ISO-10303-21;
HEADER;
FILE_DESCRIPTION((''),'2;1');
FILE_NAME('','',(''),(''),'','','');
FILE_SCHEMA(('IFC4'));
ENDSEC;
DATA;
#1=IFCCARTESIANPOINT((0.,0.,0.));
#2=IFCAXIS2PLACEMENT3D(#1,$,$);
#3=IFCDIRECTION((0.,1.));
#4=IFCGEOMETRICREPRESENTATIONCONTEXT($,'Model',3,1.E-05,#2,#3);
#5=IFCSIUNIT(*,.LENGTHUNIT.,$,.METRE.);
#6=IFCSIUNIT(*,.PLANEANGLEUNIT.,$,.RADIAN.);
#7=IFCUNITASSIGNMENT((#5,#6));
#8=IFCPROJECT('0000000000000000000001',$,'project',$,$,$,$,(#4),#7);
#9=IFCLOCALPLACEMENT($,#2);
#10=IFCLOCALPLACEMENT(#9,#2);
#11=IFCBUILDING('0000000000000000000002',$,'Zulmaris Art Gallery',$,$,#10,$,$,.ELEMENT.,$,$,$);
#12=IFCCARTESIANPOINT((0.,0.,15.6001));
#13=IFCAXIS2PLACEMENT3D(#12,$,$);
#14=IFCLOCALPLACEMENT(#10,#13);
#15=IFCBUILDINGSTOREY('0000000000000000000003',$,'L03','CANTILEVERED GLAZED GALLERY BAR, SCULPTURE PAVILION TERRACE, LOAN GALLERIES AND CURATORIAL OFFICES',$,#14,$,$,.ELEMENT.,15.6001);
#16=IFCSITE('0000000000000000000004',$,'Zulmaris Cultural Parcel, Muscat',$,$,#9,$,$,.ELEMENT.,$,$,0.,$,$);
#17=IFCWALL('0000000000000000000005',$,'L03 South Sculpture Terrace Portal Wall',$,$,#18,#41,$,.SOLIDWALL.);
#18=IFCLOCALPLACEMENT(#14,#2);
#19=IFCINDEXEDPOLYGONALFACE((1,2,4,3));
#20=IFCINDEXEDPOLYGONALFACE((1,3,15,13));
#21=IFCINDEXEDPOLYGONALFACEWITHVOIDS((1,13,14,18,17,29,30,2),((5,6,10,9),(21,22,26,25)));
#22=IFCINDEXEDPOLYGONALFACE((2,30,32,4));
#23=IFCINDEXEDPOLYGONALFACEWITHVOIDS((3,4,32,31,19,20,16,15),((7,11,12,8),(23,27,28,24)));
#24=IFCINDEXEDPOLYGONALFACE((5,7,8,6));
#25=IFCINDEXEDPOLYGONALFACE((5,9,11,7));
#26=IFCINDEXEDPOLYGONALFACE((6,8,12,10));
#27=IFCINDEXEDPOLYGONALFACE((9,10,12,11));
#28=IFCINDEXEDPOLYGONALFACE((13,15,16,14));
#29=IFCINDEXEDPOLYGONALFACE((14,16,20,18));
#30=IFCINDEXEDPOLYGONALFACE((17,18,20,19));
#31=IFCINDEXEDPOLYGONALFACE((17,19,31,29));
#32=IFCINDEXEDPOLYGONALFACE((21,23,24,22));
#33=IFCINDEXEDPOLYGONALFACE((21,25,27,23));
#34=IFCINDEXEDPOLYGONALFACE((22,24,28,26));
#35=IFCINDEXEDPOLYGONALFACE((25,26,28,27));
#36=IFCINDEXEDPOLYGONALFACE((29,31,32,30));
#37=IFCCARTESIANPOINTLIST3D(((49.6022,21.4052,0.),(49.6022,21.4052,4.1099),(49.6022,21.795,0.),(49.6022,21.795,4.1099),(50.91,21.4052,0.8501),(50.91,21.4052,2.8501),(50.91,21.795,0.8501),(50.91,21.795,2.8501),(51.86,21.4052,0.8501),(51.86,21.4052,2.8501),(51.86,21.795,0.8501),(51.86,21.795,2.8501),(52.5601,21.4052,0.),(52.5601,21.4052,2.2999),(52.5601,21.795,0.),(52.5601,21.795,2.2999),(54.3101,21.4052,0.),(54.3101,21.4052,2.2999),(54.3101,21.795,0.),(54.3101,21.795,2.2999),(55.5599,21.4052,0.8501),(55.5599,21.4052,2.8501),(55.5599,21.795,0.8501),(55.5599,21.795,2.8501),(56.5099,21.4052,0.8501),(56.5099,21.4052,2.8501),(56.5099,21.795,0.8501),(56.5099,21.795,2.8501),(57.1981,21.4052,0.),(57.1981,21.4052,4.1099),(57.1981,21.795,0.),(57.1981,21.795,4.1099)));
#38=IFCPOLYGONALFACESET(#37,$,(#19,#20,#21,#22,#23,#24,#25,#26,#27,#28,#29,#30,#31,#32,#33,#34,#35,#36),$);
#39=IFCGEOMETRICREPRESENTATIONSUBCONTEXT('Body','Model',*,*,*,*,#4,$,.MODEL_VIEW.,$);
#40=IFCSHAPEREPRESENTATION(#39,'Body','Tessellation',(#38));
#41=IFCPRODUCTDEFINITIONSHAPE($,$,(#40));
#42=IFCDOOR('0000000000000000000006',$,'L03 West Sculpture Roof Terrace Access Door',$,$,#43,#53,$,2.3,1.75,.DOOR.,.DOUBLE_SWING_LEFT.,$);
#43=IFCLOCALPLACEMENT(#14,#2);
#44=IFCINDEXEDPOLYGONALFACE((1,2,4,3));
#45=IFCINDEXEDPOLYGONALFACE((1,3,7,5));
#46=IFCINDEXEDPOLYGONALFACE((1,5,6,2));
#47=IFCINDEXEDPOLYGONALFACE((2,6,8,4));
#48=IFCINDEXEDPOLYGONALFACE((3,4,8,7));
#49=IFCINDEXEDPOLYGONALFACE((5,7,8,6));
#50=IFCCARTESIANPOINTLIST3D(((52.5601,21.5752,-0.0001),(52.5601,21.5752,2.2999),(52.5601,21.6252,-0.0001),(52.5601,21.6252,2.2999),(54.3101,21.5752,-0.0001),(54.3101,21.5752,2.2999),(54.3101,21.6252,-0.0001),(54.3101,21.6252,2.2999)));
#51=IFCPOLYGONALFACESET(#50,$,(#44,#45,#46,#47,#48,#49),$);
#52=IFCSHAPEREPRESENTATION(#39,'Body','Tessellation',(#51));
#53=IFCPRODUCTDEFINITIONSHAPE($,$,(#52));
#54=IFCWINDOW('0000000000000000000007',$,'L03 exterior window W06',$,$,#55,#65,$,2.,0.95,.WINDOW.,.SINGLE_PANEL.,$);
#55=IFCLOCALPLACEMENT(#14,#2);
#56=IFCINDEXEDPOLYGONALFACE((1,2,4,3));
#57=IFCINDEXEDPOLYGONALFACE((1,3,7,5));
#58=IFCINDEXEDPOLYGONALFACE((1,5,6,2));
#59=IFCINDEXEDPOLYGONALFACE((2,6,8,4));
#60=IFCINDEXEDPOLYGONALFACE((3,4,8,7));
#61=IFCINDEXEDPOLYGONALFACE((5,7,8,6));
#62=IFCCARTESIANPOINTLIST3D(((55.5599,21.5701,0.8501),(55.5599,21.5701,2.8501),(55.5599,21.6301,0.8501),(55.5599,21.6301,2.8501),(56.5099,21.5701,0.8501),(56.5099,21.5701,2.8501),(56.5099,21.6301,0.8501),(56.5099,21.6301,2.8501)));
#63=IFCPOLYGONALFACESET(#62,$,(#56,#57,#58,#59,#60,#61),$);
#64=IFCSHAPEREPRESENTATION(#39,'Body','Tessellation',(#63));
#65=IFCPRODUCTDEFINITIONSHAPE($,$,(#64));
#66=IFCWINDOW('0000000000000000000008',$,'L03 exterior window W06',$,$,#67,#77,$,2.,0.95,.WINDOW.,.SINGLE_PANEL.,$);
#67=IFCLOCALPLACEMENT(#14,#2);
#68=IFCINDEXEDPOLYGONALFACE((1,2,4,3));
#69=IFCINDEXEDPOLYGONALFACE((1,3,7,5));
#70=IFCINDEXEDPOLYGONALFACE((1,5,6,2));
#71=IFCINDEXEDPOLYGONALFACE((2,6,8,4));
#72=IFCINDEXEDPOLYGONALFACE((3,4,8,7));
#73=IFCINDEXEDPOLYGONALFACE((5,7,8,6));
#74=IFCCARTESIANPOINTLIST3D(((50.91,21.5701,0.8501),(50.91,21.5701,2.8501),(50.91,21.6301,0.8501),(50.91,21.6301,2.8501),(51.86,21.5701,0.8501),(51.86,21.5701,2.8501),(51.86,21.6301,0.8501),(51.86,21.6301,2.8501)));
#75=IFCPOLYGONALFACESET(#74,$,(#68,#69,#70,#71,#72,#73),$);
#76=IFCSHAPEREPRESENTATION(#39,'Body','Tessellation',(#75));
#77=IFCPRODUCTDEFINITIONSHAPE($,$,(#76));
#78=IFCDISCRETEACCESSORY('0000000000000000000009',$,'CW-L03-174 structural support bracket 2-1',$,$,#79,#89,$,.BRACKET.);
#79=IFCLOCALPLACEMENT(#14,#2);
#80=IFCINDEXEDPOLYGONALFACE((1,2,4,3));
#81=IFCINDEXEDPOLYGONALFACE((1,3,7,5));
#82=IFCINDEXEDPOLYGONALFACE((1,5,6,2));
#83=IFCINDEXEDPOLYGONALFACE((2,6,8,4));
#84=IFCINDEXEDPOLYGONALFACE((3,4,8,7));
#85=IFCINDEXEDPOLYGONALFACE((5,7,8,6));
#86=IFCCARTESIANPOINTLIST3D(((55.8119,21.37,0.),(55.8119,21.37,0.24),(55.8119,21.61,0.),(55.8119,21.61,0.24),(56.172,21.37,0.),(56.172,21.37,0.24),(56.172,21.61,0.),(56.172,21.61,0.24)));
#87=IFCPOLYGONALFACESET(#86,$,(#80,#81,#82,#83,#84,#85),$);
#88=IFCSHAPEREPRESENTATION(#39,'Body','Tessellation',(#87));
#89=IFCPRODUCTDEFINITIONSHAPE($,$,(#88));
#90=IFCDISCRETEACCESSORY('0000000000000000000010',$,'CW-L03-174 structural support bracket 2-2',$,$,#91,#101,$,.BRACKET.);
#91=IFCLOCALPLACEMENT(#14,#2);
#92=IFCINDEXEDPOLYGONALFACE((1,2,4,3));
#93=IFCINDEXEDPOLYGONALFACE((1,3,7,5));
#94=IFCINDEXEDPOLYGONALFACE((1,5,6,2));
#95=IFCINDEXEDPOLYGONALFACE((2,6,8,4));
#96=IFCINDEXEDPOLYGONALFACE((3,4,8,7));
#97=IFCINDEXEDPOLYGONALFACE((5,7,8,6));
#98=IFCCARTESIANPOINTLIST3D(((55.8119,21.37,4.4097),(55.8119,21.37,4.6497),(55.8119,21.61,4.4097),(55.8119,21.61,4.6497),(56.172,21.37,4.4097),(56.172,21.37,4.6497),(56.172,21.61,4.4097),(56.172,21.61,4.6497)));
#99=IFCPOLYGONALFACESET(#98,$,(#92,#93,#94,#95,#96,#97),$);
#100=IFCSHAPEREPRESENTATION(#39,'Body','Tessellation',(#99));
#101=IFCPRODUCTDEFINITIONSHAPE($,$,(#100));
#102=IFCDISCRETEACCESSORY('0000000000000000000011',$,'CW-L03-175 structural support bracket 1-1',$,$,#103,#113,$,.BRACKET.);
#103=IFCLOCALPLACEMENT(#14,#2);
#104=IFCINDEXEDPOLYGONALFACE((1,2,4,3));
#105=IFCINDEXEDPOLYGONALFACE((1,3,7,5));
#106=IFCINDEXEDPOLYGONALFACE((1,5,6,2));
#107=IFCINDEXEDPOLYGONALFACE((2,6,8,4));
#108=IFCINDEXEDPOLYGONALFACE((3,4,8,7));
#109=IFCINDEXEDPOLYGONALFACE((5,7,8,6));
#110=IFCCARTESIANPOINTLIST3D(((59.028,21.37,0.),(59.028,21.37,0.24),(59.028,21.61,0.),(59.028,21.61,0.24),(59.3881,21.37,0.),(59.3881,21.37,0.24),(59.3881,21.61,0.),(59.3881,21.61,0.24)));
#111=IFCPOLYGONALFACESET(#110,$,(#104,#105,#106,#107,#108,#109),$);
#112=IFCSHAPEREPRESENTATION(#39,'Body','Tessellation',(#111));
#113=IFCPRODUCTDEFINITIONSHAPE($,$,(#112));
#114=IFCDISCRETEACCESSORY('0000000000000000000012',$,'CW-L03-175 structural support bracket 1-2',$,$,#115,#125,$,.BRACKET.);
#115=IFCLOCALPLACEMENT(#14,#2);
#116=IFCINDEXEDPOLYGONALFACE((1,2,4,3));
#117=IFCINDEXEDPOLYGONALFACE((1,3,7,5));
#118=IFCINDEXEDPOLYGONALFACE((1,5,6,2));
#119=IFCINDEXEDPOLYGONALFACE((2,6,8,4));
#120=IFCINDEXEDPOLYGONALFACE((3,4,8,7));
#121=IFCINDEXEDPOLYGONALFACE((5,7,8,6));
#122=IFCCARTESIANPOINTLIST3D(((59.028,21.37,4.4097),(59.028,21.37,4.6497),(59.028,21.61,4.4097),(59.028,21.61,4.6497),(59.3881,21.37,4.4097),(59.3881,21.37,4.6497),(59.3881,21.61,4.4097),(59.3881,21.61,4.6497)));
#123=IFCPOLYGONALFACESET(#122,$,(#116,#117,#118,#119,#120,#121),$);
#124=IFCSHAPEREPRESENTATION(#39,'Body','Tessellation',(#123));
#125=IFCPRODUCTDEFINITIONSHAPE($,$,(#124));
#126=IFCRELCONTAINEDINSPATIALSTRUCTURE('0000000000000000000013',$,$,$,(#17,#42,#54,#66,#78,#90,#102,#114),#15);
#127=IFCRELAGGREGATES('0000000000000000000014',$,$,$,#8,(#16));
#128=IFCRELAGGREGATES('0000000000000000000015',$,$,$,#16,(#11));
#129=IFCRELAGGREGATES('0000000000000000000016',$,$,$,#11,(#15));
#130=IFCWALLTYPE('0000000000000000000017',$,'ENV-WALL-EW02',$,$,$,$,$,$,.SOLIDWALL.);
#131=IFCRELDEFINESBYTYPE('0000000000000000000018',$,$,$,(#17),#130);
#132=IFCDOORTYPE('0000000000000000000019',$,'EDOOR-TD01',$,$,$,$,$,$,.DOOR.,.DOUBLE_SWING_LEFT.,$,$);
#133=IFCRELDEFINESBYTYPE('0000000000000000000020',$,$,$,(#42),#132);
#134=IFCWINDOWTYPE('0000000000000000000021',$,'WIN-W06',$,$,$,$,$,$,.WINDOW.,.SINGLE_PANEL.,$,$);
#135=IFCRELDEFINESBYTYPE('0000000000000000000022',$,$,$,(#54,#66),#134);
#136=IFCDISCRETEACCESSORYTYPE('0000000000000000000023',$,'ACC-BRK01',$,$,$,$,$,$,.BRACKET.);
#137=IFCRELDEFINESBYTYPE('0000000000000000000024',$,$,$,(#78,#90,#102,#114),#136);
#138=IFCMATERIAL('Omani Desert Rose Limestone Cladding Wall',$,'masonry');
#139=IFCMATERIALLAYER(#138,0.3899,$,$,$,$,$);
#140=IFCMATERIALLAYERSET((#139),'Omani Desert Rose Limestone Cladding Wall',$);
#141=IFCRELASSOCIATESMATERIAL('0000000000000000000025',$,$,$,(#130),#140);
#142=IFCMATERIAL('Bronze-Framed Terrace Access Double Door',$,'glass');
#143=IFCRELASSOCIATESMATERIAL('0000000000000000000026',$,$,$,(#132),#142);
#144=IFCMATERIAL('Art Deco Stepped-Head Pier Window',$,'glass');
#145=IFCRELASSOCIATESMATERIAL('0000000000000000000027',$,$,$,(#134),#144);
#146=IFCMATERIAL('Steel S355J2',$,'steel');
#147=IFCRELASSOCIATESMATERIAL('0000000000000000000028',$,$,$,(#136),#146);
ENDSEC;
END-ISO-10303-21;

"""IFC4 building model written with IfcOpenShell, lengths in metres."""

from ifc_helpers import new_model, si_unit, direction, frame, frame_2d, origin, origin_2d, place, context, subcontext, project, spatial, rectangle, extrude, material, layer, layer_set, type_object, element, fill, save


model = new_model("IFC4")

# Units and contexts
model_context = context("Model", 3, precision=1e-05, world=origin(), true_north=direction((0.0, 1.0)))
body_context = subcontext(model_context, "Body", "Model", "MODEL_VIEW")
ifc_project = project(units=[si_unit("LENGTHUNIT", "METRE"), si_unit("PLANEANGLEUNIT", "RADIAN")], contexts=[model_context])

# Site, building, storey
site_placement = place(None, origin())
site = spatial("IfcSite", under=ifc_project, at=site_placement, Name="Zulmaris Cultural Parcel, Muscat", CompositionType="ELEMENT", RefElevation=0.0)
building_placement = place(site_placement, origin())
building = spatial("IfcBuilding", under=site, at=building_placement, Name="Zulmaris Art Gallery", CompositionType="ELEMENT")
storey_placement = place(building_placement, frame((0.0, 0.0, 15.6001)))
storey = spatial("IfcBuildingStorey", under=building, at=storey_placement, Name="L03", Description="CANTILEVERED GLAZED GALLERY BAR, SCULPTURE PAVILION TERRACE, LOAN GALLERIES AND CURATORIAL OFFICES", CompositionType="ELEMENT", Elevation=15.6001)

# Shared definitions
ifc_material_1 = material(Name="Steel S355J2", Category="steel")

# Wall, openings, door, windows
ifc_material_2 = material(Name="Omani Desert Rose Limestone Cladding Wall", Category="masonry")
ifc_layer_1 = layer(ifc_material_2, 0.3899)
ifc_layer_set_1 = layer_set([ifc_layer_1], Name="Omani Desert Rose Limestone Cladding Wall")
wall_type = type_object("IfcWallType", Name="ENV-WALL-EW02", PredefinedType="SOLIDWALL", material=ifc_layer_set_1)
wall_placement = place(storey_placement, frame((57.198, 21.6001, 0.0), z_axis=(0.0, 0.0, 1.0), x_axis=(-1.0, 0.0, 0.0)))
wall = element("IfcWall", 1, at=wall_placement, inside=storey, type_object=wall_type, Name="L03 South Sculpture Terrace Portal Wall", PredefinedType="SOLIDWALL", context=body_context, shape_type="SweptSolid", body=[
    extrude(rectangle(XDim=7.5959, YDim=0.3899, at=frame_2d((3.7979, 0.0))), origin(), (0.0, 0.0, 1.0), 4.1099),
])
opening_1_placement = place(wall_placement, frame((0.688, 0.0, 0.8501)))
opening_1 = element("IfcOpeningElement", 2, at=opening_1_placement, cuts=wall, PredefinedType="OPENING", context=body_context, shape_type="SweptSolid", body=[
    extrude(rectangle(XDim=0.95, YDim=2.0, at=frame_2d((0.4751, 1.0))), frame((0.0, 0.2048, 0.0), z_axis=(0.0, -1.0, 0.0), x_axis=(1.0, 0.0, 0.0)), (0.0, 0.0, 1.0), 0.4099),
])
opening_2_placement = place(wall_placement, frame((5.3379, 0.0, 0.8501)))
opening_2 = element("IfcOpeningElement", 3, at=opening_2_placement, cuts=wall, PredefinedType="OPENING", context=body_context, shape_type="SweptSolid", body=[
    extrude(rectangle(XDim=0.95, YDim=2.0, at=frame_2d((0.4751, 1.0))), frame((0.0, 0.2048, 0.0), z_axis=(0.0, -1.0, 0.0), x_axis=(1.0, 0.0, 0.0)), (0.0, 0.0, 1.0), 0.4099),
])
opening_3_placement = place(wall_placement, frame((2.8879, 0.0, 0.0)))
opening_3 = element("IfcOpeningElement", 4, at=opening_3_placement, cuts=wall, PredefinedType="OPENING", context=body_context, shape_type="SweptSolid", body=[
    extrude(rectangle(XDim=1.75, YDim=2.3, at=frame_2d((0.875, 1.1499))), frame((0.0, 0.2048, 0.0), z_axis=(0.0, -1.0, 0.0), x_axis=(1.0, 0.0, 0.0)), (0.0, 0.0, 1.0), 0.4099),
])
ifc_material_3 = material(Name="Bronze-Framed Terrace Access Double Door", Category="glass")
door_type = type_object("IfcDoorType", Name="EDOOR-TD01", OperationType="DOUBLE_SWING_LEFT", PredefinedType="DOOR", material=ifc_material_3)
door_placement = place(opening_3_placement, origin())
door = element("IfcDoor", 5, at=door_placement, inside=storey, type_object=door_type, Name="L03 West Sculpture Roof Terrace Access Door", OperationType="DOUBLE_SWING_LEFT", OverallHeight=2.3, OverallWidth=1.75, PredefinedType="DOOR", context=body_context, shape_type="SweptSolid", body=[
    extrude(rectangle(XDim=1.75, YDim=2.3, at=frame_2d((0.875, 1.1499))), frame((0.0, 0.0249, 0.0), z_axis=(0.0, -1.0, 0.0), x_axis=(1.0, 0.0, 0.0)), (0.0, 0.0, 1.0), 0.05),
])
fill(opening_3, door)
ifc_material_4 = material(Name="Art Deco Stepped-Head Pier Window", Category="glass")
window_type = type_object("IfcWindowType", Name="WIN-W06", PartitioningType="SINGLE_PANEL", PredefinedType="WINDOW", material=ifc_material_4)
window_1_placement = place(opening_1_placement, origin())
window_1 = element("IfcWindow", 6, at=window_1_placement, inside=storey, type_object=window_type, Name="L03 exterior window W06", OverallHeight=2.0, OverallWidth=0.95, PartitioningType="SINGLE_PANEL", PredefinedType="WINDOW", context=body_context, shape_type="SweptSolid", body=[
    extrude(rectangle(XDim=0.95, YDim=2.0, at=frame_2d((0.4751, 1.0))), frame((0.0, 0.03, 0.0), z_axis=(0.0, -1.0, 0.0), x_axis=(1.0, 0.0, 0.0)), (0.0, 0.0, 1.0), 0.0601),
])
fill(opening_1, window_1)
window_2_placement = place(opening_2_placement, origin())
window_2 = element("IfcWindow", 7, at=window_2_placement, inside=storey, type_object=window_type, Name="L03 exterior window W06", OverallHeight=2.0, OverallWidth=0.95, PartitioningType="SINGLE_PANEL", PredefinedType="WINDOW", context=body_context, shape_type="SweptSolid", body=[
    extrude(rectangle(XDim=0.95, YDim=2.0, at=frame_2d((0.4751, 1.0))), frame((0.0, 0.03, 0.0), z_axis=(0.0, -1.0, 0.0), x_axis=(1.0, 0.0, 0.0)), (0.0, 0.0, 1.0), 0.0601),
])
fill(opening_2, window_2)

# Discrete accessories
discrete_accessory_type = type_object("IfcDiscreteAccessoryType", Name="ACC-BRK01", PredefinedType="BRACKET", material=ifc_material_1)
for number, where, z_axis, x_axis, name in (
    (8, (55.9919, 21.49, 0.0), (0.0, 0.0, 1.0), (1.0, 0.0, 0.0), "CW-L03-174 structural support bracket 2-1"),
    (9, (55.9919, 21.49, 4.4097), (0.0, 0.0, 1.0), (1.0, 0.0, 0.0), "CW-L03-174 structural support bracket 2-2"),
    (10, (59.208, 21.49, 0.0), (0.0, 0.0, 1.0), (1.0, 0.0, 0.0), "CW-L03-175 structural support bracket 1-1"),
    (11, (59.208, 21.49, 4.4097), (0.0, 0.0, 1.0), (1.0, 0.0, 0.0), "CW-L03-175 structural support bracket 1-2"),
):
    element("IfcDiscreteAccessory", number, at=place(storey_placement, frame(where, z_axis=z_axis, x_axis=x_axis)), inside=storey, type_object=discrete_accessory_type, Name=name, PredefinedType="BRACKET", context=body_context, shape_type="SweptSolid", body=[
        extrude(rectangle(XDim=0.3601, YDim=0.24, at=origin_2d()), origin(), (0.0, 0.0, 1.0), 0.24),
    ])

save(model, "model.ifc")
